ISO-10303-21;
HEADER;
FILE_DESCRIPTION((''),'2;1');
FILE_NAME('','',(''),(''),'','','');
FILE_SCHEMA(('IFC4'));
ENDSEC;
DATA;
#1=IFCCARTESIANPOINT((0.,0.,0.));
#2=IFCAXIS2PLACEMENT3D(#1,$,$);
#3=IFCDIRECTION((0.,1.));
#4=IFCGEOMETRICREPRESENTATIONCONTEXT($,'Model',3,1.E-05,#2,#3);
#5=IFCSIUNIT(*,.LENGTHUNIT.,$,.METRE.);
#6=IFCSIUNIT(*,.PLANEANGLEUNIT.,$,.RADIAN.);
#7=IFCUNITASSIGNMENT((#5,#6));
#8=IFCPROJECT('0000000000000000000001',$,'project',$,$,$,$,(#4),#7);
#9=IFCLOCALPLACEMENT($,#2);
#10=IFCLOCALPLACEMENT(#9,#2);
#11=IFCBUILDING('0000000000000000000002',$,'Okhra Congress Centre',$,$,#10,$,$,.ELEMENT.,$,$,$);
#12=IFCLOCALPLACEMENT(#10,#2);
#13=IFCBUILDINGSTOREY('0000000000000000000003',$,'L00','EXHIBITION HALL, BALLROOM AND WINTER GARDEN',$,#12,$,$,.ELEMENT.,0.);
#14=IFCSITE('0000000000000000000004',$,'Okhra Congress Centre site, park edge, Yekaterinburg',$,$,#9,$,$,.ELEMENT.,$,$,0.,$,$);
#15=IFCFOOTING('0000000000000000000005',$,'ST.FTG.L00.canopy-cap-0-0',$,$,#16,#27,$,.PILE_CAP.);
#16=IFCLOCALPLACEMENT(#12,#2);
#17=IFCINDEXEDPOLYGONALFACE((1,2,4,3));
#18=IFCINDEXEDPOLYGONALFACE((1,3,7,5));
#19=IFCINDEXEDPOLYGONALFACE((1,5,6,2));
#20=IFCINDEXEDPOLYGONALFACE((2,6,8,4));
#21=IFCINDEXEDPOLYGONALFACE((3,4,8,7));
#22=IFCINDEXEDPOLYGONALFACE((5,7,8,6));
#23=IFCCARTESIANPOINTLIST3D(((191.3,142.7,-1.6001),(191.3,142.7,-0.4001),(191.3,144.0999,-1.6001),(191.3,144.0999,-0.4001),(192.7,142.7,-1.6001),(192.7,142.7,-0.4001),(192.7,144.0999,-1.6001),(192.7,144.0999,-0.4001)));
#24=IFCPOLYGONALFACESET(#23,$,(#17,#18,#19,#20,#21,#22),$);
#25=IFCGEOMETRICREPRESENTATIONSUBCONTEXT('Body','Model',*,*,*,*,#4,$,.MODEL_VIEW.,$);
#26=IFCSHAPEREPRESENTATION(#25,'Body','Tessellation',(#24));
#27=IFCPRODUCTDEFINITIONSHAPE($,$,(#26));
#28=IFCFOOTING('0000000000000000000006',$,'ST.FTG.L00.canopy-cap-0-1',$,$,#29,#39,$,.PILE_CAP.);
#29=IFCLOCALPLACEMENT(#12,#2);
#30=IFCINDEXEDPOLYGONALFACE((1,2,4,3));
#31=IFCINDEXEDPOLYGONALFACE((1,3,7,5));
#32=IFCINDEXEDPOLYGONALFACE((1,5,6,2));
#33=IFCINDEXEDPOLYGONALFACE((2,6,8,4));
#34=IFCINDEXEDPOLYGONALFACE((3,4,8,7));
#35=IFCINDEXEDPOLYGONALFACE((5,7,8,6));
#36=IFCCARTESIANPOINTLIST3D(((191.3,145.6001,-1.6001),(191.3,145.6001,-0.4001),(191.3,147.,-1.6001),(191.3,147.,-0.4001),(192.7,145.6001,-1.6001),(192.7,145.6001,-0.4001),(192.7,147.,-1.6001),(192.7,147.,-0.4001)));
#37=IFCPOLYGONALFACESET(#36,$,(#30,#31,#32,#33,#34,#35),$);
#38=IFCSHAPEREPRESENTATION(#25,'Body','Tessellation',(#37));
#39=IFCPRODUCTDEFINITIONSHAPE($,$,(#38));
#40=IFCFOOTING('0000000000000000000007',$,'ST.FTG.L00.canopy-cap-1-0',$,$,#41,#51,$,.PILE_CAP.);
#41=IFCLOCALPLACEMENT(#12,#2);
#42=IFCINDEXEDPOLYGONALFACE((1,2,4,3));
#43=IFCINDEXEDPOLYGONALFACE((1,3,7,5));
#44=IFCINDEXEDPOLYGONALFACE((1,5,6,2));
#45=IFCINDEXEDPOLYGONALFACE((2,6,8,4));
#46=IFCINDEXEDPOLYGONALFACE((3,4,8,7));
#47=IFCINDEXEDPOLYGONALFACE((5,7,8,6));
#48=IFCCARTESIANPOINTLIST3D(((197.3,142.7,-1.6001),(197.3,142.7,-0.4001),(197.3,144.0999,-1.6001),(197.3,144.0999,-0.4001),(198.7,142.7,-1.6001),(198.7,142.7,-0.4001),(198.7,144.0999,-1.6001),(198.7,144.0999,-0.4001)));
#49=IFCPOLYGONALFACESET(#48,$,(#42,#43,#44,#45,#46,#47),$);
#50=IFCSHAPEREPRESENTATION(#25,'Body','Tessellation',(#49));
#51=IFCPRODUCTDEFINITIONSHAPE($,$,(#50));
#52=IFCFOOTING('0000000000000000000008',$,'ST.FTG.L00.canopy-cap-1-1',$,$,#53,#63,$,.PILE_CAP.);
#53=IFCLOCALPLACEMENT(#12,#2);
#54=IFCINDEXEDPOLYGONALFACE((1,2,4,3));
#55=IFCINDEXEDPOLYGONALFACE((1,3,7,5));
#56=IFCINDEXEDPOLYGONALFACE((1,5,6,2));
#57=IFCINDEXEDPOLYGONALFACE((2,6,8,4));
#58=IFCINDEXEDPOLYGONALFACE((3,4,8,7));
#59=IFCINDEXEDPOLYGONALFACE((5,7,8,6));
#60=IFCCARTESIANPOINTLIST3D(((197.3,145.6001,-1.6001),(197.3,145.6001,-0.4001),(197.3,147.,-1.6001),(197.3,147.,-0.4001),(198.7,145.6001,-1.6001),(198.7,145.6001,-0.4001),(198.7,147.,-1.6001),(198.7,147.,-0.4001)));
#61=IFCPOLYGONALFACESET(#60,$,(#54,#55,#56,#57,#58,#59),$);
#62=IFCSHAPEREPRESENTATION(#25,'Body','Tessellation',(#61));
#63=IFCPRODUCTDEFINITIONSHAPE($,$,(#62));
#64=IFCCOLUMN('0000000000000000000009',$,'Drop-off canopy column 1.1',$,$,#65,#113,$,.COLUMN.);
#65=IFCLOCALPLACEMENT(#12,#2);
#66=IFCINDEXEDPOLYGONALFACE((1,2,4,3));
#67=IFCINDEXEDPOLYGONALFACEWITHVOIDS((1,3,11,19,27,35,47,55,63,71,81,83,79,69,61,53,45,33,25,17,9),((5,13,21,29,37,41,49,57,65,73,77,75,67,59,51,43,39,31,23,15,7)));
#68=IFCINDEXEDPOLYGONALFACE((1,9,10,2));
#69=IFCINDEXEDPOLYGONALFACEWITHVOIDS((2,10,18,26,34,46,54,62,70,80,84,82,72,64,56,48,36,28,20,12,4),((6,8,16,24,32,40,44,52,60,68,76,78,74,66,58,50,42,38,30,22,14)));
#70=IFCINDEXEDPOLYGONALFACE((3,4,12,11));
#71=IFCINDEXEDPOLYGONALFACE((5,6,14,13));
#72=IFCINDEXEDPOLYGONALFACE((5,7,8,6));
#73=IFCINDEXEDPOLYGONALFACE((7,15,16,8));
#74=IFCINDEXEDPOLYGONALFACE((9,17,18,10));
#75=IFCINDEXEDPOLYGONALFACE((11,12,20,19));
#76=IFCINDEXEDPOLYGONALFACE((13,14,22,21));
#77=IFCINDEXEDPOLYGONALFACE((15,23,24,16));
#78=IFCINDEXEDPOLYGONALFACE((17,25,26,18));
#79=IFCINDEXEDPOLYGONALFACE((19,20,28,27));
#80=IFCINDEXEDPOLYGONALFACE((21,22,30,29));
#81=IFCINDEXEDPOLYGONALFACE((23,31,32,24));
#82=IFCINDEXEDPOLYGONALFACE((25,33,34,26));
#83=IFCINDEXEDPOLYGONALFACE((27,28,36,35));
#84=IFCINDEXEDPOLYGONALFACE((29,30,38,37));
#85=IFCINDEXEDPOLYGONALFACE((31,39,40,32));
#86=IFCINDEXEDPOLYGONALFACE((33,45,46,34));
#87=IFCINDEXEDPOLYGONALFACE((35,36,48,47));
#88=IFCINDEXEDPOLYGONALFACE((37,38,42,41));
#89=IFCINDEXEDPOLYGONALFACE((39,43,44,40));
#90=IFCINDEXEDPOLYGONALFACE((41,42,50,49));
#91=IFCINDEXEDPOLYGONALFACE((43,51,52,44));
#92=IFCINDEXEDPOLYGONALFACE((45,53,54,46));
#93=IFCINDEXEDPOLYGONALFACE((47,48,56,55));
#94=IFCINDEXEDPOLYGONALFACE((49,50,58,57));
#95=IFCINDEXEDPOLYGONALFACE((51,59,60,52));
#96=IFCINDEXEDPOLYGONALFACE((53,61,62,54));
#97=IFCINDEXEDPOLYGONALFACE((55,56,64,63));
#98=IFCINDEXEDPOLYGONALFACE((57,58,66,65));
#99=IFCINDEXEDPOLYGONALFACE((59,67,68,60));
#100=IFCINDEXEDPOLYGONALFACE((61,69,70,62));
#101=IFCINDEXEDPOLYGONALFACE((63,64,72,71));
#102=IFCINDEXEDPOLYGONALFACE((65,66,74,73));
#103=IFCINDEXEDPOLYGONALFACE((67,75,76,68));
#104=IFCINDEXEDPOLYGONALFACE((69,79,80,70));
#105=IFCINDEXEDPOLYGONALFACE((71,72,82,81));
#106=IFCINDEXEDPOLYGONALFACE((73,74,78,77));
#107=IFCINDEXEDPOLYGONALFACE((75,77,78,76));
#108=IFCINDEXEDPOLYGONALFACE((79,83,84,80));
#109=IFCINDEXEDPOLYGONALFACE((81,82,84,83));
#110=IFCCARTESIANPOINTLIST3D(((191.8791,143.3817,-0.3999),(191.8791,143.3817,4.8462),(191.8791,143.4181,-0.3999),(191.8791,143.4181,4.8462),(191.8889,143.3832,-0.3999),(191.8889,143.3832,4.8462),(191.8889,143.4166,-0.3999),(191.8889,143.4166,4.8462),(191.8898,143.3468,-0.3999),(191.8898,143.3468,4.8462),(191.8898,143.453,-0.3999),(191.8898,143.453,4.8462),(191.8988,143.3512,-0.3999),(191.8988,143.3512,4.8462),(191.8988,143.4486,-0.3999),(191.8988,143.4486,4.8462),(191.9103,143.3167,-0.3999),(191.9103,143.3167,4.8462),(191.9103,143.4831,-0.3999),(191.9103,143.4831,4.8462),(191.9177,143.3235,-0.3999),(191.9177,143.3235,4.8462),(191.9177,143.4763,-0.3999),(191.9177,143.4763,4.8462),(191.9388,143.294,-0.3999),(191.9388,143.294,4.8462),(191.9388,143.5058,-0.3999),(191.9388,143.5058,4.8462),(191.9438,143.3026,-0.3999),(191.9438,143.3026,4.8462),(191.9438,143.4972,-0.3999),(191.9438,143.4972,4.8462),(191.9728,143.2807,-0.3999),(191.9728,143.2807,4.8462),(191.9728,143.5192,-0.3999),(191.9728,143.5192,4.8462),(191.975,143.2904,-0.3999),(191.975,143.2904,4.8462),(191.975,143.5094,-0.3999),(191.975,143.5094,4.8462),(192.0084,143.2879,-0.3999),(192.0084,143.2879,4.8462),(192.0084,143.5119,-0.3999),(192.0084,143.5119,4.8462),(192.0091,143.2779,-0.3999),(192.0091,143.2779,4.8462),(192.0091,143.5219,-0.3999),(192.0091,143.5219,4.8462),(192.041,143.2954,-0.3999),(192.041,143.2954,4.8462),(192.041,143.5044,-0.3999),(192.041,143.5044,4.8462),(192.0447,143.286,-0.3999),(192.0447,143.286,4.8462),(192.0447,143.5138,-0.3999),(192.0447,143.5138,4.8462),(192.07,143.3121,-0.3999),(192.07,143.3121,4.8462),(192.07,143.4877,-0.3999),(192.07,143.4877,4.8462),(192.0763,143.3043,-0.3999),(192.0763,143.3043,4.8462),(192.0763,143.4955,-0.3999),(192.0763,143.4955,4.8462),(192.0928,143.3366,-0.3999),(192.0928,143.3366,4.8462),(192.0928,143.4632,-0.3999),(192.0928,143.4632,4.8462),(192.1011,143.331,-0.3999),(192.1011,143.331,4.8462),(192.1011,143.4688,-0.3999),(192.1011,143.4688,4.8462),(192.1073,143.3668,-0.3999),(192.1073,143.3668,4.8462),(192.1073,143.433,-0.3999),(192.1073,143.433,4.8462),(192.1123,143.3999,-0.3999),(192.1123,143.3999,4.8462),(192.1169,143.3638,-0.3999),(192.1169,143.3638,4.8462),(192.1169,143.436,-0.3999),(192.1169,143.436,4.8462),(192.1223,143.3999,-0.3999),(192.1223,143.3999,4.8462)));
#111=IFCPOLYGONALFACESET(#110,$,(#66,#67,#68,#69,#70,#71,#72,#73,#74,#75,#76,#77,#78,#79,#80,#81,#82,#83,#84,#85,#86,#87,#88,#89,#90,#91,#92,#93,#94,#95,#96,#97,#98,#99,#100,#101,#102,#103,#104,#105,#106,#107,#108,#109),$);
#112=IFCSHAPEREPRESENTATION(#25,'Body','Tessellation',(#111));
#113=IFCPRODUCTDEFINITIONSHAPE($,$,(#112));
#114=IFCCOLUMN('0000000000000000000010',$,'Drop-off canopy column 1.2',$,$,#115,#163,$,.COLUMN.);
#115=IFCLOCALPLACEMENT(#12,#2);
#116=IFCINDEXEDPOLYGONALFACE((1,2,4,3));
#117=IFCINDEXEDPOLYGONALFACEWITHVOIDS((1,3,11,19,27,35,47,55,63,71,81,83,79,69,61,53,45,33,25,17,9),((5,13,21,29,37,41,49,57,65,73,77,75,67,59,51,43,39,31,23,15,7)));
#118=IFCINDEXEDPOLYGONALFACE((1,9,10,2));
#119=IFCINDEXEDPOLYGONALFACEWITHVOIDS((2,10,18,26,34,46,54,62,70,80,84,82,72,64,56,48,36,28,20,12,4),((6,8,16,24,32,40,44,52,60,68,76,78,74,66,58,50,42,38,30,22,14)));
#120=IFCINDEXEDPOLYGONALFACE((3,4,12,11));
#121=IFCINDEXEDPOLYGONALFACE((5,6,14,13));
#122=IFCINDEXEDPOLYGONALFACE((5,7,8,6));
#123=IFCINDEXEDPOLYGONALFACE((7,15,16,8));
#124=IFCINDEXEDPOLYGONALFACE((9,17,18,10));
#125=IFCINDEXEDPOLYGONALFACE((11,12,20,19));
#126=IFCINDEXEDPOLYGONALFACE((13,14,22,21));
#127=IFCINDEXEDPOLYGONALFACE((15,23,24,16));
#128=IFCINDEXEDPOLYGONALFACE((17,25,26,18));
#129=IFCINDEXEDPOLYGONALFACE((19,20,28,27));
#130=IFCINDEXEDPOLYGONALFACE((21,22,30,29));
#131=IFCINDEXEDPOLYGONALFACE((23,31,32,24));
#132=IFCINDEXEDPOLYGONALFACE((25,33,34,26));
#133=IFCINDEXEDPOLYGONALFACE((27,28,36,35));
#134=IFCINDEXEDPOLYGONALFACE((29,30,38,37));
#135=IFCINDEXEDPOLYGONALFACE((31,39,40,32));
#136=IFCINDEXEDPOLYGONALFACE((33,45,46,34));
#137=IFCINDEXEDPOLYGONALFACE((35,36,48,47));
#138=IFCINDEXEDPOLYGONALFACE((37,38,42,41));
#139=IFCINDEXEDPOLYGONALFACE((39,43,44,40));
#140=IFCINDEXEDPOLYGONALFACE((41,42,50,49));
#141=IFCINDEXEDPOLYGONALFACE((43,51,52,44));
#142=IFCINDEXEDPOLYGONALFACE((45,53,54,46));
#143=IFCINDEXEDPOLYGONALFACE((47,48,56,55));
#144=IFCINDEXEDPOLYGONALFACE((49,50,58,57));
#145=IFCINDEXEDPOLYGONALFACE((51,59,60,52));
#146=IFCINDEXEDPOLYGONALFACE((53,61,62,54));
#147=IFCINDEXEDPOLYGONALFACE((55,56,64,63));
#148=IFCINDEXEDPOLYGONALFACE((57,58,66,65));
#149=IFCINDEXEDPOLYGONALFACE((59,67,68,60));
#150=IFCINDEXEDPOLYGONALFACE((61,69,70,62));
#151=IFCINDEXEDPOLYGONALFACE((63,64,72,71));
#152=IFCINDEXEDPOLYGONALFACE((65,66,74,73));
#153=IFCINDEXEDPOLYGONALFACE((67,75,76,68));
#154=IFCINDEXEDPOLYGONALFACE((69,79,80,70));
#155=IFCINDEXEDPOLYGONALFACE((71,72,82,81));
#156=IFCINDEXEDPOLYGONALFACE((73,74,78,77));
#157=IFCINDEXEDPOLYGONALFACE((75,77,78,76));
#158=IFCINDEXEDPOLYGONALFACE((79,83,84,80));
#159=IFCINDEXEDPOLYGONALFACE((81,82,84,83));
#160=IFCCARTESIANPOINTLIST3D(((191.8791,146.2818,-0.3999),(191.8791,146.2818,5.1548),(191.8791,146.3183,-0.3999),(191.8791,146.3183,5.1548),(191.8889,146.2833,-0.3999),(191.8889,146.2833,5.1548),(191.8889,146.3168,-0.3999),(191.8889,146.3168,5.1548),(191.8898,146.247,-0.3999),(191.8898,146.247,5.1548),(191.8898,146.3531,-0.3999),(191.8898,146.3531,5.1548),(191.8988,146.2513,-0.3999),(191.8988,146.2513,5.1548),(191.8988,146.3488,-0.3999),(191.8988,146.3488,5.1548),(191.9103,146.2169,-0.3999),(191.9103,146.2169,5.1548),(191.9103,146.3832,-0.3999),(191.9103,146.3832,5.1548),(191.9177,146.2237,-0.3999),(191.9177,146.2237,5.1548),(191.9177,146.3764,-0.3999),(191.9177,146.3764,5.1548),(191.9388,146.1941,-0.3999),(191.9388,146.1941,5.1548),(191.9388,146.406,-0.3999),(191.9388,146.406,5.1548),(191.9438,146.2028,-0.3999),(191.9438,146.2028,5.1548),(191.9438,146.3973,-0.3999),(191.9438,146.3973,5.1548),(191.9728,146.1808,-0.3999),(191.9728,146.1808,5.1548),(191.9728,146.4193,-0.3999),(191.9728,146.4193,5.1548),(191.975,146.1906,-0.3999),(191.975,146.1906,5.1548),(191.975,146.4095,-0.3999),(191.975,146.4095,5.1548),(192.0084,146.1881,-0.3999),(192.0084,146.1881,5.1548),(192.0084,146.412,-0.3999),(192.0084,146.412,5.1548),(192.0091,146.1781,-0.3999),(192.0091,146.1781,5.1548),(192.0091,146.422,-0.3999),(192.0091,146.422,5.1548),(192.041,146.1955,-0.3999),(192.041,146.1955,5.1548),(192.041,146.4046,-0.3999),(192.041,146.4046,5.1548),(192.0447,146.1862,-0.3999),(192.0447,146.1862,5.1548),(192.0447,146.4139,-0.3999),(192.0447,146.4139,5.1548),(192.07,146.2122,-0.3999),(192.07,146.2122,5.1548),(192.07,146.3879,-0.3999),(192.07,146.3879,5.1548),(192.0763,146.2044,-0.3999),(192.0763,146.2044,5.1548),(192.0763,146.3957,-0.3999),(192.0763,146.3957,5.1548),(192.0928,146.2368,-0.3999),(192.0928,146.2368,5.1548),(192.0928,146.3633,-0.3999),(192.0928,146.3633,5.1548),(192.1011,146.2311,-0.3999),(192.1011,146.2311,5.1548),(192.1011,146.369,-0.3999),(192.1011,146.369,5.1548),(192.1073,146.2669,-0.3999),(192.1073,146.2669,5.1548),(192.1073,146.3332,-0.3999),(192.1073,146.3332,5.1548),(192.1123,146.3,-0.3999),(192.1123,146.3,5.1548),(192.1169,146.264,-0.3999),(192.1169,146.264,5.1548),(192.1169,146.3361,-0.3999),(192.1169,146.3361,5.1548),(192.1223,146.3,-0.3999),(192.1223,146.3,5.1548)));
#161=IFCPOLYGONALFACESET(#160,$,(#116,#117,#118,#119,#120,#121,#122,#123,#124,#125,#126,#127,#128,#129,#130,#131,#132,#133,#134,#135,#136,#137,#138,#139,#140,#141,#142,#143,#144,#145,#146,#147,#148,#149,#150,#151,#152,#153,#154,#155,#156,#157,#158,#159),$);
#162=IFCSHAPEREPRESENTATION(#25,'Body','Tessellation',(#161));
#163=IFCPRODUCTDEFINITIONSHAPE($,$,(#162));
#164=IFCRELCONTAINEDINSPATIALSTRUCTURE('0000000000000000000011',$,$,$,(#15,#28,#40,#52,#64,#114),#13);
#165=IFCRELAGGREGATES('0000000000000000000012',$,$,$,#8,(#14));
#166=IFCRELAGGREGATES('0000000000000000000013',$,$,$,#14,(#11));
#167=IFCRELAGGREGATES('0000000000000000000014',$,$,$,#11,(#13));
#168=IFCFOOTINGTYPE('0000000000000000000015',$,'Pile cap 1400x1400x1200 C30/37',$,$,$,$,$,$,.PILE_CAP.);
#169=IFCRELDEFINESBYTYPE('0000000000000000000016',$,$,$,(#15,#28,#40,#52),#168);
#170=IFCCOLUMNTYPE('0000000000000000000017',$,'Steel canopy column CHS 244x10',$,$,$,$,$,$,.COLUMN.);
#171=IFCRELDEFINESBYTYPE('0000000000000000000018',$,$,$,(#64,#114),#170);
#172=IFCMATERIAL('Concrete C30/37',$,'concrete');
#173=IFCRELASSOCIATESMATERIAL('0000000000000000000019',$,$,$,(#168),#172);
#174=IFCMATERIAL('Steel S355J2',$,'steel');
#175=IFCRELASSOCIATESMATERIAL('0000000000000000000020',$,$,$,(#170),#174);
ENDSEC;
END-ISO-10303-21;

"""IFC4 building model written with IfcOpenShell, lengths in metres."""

from ifc_helpers import new_model, si_unit, direction, frame, origin, origin_2d, place, context, subcontext, project, spatial, rectangle, hollow_circle, extrude, material, material_profile, profile_set, type_object, element, save


model = new_model("IFC4")

# Units and contexts
model_context = context("Model", 3, precision=1e-05, world=origin(), true_north=direction((0.0, 1.0)))
body_context = subcontext(model_context, "Body", "Model", "MODEL_VIEW")
ifc_project = project(units=[si_unit("LENGTHUNIT", "METRE"), si_unit("PLANEANGLEUNIT", "RADIAN")], contexts=[model_context])

# Site, building, storey
site_placement = place(None, origin())
site = spatial("IfcSite", under=ifc_project, at=site_placement, Name="Okhra Congress Centre site, park edge, Yekaterinburg", CompositionType="ELEMENT", RefElevation=0.0)
building_placement = place(site_placement, origin())
building = spatial("IfcBuilding", under=site, at=building_placement, Name="Okhra Congress Centre", CompositionType="ELEMENT")
storey_placement = place(building_placement, origin())
storey = spatial("IfcBuildingStorey", under=building, at=storey_placement, Name="L00", Description="EXHIBITION HALL, BALLROOM AND WINTER GARDEN", CompositionType="ELEMENT", Elevation=0.0)

# Shared definitions
ifc_material_1 = material(Name="Concrete C30/37", Category="concrete")

# Footings
footing_type = type_object("IfcFootingType", Name="Pile cap 1400x1400x1200 C30/37", PredefinedType="PILE_CAP", material=ifc_material_1)
for number, where, z_axis, x_axis, name in (
    (1, (192.0, 143.3999, -1.6001), (0.0, 0.0, 1.0), (1.0, 0.0, 0.0), "ST.FTG.L00.canopy-cap-0-0"),
    (2, (192.0, 146.3, -1.6001), (0.0, 0.0, 1.0), (1.0, 0.0, 0.0), "ST.FTG.L00.canopy-cap-0-1"),
    (3, (198.0, 143.3999, -1.6001), (0.0, 0.0, 1.0), (1.0, 0.0, 0.0), "ST.FTG.L00.canopy-cap-1-0"),
    (4, (198.0, 146.3, -1.6001), (0.0, 0.0, 1.0), (1.0, 0.0, 0.0), "ST.FTG.L00.canopy-cap-1-1"),
):
    element("IfcFooting", number, at=place(storey_placement, frame(where, z_axis=z_axis, x_axis=x_axis)), inside=storey, type_object=footing_type, Name=name, PredefinedType="PILE_CAP", context=body_context, shape_type="SweptSolid", body=[
        extrude(rectangle(XDim=1.3999, YDim=1.3999, at=origin_2d()), origin(), (0.0, 0.0, 1.0), 1.2),
    ])

# Columns
ifc_material_2 = material(Name="Steel S355J2", Category="steel")
ifc_material_profile_1 = material_profile(ifc_material_2, hollow_circle(Radius=0.1223, WallThickness=0.01, at=origin_2d()), Name="CHS 244.5x10")
ifc_profile_set_1 = profile_set([ifc_material_profile_1], Name="Steel S355J2")
column_type = type_object("IfcColumnType", Name="Steel canopy column CHS 244x10", PredefinedType="COLUMN", material=ifc_profile_set_1)
column_1_placement = place(storey_placement, frame((192.0, 143.3999, -0.3999), z_axis=(0.0, 0.0, 1.0), x_axis=(1.0, 0.0, 0.0)))
element("IfcColumn", 5, at=column_1_placement, inside=storey, type_object=column_type, Name="Drop-off canopy column 1.1", PredefinedType="COLUMN", context=body_context, shape_type="SweptSolid", body=[
    extrude(hollow_circle(Radius=0.1223, WallThickness=0.01, at=origin_2d()), origin(), (0.0, 0.0, 1.0), 5.2461),
])
column_2_placement = place(storey_placement, frame((192.0, 146.3, -0.3999), z_axis=(0.0, 0.0, 1.0), x_axis=(1.0, 0.0, 0.0)))
element("IfcColumn", 6, at=column_2_placement, inside=storey, type_object=column_type, Name="Drop-off canopy column 1.2", PredefinedType="COLUMN", context=body_context, shape_type="SweptSolid", body=[
    extrude(hollow_circle(Radius=0.1223, WallThickness=0.01, at=origin_2d()), origin(), (0.0, 0.0, 1.0), 5.5547),
])

save(model, "model.ifc")
